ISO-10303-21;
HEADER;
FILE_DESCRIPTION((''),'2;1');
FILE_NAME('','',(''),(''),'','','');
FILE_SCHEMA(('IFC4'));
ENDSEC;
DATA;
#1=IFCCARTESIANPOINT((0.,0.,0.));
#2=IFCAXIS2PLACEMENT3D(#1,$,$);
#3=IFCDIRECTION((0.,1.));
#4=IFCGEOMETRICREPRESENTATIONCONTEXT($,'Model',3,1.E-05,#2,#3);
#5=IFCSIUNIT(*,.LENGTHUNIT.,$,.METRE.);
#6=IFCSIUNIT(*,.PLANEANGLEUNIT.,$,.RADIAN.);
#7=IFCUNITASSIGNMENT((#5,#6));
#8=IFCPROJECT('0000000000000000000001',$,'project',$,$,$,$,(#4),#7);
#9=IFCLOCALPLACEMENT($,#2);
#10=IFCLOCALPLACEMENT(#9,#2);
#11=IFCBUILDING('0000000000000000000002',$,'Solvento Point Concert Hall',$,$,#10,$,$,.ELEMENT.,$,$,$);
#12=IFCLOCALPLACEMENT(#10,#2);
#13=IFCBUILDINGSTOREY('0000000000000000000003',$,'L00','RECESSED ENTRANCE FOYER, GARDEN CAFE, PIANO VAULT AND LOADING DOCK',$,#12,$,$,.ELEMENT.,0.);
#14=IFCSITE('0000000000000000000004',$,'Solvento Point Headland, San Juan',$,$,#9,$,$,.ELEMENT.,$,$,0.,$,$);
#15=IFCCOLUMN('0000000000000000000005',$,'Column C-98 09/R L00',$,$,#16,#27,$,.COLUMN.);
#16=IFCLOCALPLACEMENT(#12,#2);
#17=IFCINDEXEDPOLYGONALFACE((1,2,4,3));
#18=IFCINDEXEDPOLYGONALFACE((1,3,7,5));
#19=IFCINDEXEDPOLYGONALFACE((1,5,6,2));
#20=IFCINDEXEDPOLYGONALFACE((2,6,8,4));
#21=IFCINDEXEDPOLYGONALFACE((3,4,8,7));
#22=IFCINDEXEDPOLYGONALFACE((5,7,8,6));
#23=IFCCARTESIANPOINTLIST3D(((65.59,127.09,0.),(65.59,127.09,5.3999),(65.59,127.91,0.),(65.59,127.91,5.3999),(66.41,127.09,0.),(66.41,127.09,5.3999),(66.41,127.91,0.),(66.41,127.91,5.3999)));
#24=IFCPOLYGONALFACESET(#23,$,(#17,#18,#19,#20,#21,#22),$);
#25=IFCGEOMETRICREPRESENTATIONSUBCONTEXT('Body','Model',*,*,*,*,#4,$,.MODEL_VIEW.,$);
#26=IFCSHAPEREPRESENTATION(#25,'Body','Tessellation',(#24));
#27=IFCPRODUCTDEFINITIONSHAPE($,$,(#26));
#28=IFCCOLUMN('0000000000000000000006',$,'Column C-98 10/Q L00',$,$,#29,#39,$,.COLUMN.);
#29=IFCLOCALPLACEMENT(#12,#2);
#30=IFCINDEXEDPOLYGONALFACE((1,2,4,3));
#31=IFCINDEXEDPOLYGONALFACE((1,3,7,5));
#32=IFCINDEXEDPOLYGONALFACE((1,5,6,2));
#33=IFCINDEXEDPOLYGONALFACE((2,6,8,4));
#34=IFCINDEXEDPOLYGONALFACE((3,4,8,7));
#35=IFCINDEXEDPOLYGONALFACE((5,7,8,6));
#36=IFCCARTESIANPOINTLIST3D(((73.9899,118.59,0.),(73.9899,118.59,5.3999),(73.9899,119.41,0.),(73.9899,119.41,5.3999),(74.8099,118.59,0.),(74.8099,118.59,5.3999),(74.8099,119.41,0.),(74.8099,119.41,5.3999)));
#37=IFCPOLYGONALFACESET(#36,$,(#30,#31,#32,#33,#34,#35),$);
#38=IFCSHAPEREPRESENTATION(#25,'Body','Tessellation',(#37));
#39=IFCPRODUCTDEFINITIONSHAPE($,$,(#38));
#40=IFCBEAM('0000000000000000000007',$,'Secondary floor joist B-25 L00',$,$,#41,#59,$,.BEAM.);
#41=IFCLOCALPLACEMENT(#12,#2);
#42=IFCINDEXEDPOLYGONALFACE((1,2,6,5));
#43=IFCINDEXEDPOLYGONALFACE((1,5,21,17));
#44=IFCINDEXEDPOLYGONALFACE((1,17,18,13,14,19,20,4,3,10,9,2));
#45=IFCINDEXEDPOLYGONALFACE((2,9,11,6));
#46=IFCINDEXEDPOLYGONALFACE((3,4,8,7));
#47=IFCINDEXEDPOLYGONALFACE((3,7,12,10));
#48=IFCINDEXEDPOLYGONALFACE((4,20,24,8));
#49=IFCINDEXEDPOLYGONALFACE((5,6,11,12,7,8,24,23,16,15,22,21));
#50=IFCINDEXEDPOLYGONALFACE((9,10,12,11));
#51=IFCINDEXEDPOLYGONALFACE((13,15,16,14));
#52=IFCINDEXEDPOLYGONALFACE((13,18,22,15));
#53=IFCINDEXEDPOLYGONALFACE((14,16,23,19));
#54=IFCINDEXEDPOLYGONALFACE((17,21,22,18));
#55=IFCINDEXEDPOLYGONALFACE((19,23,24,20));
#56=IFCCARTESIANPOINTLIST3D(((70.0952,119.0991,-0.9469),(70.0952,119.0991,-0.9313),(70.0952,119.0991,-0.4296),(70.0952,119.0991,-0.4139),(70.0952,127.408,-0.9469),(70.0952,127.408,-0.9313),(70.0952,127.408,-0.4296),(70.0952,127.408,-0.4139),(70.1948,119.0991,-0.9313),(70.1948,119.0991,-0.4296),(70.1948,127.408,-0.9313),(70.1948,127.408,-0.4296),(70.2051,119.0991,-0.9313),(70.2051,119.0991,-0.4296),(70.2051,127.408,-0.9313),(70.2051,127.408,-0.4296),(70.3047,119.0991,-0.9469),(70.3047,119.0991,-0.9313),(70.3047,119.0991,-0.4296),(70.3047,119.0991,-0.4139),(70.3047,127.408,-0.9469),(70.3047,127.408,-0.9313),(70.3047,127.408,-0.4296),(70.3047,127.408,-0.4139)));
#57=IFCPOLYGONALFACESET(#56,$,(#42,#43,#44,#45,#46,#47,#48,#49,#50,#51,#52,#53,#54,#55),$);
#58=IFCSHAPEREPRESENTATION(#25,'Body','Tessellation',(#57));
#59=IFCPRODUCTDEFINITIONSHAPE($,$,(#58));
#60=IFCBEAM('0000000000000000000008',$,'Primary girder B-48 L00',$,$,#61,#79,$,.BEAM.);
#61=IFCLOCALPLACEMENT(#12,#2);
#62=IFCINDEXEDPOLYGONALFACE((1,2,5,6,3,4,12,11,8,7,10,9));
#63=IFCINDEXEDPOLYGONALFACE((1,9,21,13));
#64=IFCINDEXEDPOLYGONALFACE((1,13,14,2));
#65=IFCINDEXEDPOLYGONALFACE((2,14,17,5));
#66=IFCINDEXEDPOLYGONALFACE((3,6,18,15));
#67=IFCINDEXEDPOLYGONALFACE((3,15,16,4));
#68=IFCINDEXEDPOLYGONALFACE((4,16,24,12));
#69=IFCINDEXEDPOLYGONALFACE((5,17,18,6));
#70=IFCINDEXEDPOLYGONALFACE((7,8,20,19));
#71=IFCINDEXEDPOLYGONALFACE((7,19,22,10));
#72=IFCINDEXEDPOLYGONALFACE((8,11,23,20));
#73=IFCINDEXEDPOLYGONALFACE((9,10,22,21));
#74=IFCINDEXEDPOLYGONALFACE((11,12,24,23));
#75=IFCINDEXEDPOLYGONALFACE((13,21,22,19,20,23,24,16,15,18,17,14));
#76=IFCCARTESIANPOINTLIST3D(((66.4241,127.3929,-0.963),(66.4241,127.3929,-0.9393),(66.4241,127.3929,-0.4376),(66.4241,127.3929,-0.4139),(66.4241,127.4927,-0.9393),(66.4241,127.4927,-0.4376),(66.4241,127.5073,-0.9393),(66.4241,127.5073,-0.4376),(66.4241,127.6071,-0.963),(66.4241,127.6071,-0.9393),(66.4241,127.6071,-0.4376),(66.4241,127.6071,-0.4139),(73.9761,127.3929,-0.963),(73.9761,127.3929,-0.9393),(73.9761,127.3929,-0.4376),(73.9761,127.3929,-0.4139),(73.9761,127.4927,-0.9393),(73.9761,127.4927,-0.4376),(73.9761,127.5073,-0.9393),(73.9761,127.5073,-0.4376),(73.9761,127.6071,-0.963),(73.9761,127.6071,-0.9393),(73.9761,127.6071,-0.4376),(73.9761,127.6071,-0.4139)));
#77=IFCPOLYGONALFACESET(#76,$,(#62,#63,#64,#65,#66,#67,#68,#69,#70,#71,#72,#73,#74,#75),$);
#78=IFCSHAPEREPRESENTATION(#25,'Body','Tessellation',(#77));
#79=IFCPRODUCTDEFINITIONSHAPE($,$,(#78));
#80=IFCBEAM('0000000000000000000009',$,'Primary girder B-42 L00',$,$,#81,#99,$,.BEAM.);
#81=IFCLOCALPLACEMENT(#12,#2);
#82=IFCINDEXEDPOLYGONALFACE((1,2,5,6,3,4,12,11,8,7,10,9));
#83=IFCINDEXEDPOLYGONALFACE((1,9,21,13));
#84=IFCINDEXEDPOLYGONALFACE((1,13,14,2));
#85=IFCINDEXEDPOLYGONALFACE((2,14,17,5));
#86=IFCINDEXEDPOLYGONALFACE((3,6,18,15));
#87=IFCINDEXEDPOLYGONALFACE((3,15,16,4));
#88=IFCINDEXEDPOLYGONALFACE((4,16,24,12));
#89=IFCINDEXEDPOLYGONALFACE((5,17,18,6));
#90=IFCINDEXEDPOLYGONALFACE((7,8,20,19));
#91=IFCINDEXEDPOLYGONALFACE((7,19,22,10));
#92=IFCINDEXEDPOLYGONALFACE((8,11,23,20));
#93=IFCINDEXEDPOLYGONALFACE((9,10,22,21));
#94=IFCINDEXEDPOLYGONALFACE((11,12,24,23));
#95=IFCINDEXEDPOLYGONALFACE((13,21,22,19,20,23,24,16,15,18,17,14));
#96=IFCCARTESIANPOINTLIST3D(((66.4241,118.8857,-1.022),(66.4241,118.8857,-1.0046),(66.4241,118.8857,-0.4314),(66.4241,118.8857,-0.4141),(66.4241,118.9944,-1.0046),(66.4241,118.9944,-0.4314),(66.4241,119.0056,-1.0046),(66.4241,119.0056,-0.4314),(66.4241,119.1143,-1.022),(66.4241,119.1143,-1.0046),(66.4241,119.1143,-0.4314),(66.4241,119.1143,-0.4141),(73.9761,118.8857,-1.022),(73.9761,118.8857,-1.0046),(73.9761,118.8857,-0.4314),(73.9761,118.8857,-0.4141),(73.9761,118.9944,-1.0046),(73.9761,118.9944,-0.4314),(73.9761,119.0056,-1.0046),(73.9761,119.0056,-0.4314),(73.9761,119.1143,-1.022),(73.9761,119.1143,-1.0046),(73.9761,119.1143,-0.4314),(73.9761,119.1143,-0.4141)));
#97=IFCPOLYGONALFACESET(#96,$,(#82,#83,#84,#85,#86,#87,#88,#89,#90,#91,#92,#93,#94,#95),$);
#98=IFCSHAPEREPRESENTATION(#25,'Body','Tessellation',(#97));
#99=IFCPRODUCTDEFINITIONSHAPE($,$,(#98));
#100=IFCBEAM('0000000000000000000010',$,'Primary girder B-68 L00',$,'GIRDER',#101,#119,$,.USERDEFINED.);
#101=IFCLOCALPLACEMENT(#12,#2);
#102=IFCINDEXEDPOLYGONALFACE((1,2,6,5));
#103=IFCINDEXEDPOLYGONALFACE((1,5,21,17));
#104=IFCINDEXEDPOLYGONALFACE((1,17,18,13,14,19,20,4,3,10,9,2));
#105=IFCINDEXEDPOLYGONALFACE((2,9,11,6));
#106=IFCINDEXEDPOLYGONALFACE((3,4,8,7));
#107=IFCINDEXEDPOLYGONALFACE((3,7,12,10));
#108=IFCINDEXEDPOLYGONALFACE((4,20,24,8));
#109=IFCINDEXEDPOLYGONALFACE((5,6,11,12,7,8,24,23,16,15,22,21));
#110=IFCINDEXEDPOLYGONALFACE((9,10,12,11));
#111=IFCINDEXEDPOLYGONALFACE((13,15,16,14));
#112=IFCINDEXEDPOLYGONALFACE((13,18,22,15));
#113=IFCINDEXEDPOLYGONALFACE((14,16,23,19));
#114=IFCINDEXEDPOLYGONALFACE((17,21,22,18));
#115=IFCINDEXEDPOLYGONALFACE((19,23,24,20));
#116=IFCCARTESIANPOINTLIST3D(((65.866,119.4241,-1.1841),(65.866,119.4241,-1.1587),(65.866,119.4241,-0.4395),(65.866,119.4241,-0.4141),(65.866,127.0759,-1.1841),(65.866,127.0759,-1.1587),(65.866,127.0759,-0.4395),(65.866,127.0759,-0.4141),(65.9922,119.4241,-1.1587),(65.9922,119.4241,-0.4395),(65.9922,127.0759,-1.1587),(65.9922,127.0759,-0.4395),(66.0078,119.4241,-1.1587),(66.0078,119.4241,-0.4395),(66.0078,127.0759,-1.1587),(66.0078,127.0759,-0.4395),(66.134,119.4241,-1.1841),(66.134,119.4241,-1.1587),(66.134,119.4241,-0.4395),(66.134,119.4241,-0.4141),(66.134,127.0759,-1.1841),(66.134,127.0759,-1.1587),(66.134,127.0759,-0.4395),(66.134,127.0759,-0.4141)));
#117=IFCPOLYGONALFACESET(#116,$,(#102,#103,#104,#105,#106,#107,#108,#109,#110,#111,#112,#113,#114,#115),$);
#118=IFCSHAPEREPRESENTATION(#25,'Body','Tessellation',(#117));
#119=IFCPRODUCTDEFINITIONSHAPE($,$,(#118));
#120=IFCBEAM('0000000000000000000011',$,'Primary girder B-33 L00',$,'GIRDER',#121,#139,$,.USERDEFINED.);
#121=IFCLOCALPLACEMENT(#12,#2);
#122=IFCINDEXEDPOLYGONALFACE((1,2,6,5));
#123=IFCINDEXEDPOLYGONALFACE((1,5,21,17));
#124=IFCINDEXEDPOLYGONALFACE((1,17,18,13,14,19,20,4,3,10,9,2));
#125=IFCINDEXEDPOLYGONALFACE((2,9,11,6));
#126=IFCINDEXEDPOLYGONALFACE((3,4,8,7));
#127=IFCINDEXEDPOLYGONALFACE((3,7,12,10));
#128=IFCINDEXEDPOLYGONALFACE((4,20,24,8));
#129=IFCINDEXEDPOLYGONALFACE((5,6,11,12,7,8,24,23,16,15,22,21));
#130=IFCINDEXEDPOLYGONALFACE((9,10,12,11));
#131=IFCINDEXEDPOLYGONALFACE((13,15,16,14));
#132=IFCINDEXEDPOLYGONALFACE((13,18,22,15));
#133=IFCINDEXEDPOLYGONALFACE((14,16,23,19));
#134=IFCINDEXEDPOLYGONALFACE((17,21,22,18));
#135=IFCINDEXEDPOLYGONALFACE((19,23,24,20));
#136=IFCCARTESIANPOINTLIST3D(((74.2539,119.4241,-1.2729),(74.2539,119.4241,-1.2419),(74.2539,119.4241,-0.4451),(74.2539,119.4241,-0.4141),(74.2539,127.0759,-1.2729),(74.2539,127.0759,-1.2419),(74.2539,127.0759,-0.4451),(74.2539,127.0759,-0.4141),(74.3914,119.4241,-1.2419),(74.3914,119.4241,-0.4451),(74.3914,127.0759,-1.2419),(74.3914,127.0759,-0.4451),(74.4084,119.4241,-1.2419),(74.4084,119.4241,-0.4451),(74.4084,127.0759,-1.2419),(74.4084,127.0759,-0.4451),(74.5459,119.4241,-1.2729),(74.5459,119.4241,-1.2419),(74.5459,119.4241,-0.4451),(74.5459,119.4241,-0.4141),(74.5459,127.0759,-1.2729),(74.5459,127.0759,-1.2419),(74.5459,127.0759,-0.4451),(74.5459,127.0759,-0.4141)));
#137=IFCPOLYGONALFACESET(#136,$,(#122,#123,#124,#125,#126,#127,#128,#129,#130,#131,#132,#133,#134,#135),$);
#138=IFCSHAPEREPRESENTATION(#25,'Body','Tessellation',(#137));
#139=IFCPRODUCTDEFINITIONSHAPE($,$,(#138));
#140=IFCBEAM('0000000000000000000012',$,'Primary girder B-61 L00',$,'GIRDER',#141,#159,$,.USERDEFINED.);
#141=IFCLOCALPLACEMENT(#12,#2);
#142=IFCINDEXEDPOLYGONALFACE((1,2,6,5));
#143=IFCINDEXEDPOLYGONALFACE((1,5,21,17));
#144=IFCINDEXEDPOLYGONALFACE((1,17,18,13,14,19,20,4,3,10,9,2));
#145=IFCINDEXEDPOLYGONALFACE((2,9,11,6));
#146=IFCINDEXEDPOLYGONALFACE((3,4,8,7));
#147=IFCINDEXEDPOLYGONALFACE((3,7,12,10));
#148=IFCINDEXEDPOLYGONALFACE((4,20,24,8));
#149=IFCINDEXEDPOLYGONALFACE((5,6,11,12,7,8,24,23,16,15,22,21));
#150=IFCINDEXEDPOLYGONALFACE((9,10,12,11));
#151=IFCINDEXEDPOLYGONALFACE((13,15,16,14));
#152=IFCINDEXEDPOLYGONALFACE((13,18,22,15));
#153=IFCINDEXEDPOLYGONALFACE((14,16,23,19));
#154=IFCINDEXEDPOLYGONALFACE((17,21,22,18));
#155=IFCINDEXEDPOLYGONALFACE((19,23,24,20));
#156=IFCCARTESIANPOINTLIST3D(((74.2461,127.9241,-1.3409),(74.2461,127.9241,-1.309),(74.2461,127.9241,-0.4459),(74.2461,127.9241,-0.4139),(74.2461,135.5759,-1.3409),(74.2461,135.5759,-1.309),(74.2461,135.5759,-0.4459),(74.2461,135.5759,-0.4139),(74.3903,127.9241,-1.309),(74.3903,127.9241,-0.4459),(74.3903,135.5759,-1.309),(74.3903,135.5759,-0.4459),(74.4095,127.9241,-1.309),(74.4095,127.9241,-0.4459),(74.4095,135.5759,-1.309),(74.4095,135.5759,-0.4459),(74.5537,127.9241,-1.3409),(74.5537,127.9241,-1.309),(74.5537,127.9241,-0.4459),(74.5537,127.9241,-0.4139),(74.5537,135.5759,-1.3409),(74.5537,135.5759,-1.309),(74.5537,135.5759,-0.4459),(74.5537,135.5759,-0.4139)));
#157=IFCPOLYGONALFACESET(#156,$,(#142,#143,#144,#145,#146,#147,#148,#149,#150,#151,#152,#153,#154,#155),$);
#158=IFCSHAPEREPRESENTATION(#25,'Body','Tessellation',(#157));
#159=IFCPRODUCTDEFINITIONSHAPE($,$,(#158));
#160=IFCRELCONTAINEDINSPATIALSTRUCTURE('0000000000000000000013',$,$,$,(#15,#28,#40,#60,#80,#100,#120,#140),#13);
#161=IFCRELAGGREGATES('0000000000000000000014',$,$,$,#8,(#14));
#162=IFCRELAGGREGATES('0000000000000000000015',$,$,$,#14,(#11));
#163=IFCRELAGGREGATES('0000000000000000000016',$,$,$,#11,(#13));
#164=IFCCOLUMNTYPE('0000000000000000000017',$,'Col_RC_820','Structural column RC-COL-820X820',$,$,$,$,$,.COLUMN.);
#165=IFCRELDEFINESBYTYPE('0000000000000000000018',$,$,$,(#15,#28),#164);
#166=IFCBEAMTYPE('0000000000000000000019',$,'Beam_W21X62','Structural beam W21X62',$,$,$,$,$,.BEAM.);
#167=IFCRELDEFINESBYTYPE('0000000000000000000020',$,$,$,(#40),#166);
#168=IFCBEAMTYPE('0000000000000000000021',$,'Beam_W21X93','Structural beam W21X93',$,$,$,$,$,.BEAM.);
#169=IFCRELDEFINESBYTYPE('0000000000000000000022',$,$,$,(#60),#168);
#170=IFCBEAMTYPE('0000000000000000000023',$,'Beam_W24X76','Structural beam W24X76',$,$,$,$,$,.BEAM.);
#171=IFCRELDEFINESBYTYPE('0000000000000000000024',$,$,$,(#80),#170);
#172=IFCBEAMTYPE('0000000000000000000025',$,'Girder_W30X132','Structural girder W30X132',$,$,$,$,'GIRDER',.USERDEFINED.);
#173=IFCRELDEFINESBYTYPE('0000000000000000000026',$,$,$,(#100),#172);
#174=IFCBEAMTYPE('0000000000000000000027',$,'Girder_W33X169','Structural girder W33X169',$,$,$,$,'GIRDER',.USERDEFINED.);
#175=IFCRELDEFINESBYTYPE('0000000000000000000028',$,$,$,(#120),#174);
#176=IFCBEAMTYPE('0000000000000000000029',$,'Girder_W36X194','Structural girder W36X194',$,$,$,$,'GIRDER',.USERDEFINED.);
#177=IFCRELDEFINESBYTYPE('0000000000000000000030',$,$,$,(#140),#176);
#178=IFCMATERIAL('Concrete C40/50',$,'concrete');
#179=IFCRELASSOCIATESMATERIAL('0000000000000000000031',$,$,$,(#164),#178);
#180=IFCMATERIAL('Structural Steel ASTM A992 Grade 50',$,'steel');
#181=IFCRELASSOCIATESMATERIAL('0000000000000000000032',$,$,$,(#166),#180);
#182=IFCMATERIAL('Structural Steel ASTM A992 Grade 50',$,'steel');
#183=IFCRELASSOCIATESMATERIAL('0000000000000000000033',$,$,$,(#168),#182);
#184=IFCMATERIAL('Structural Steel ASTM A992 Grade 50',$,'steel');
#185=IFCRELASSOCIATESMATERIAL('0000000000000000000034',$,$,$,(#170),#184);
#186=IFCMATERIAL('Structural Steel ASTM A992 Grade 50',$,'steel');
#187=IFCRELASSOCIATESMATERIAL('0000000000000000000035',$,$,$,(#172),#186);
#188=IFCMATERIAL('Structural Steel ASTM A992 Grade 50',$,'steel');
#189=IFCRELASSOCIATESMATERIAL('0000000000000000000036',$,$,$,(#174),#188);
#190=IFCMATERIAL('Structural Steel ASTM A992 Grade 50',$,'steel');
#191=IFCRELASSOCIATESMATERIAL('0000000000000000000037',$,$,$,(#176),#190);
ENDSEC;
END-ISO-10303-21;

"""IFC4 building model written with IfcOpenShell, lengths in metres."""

from ifc_helpers import new_model, si_unit, direction, frame, origin, origin_2d, place, context, subcontext, project, spatial, rectangle, i_section, extrude, material, material_profile, profile_set, type_object, element, save


model = new_model("IFC4")

# Units and contexts
model_context = context("Model", 3, precision=1e-05, world=origin(), true_north=direction((0.0, 1.0)))
body_context = subcontext(model_context, "Body", "Model", "MODEL_VIEW")
ifc_project = project(units=[si_unit("LENGTHUNIT", "METRE"), si_unit("PLANEANGLEUNIT", "RADIAN")], contexts=[model_context])

# Site, building, storey
site_placement = place(None, origin())
site = spatial("IfcSite", under=ifc_project, at=site_placement, Name="Solvento Point Headland, San Juan", CompositionType="ELEMENT", RefElevation=0.0)
building_placement = place(site_placement, origin())
building = spatial("IfcBuilding", under=site, at=building_placement, Name="Solvento Point Concert Hall", CompositionType="ELEMENT")
storey_placement = place(building_placement, origin())
storey = spatial("IfcBuildingStorey", under=building, at=storey_placement, Name="L00", Description="RECESSED ENTRANCE FOYER, GARDEN CAFE, PIANO VAULT AND LOADING DOCK", CompositionType="ELEMENT", Elevation=0.0)

# Columns
ifc_material_1 = material(Name="Concrete C40/50", Category="concrete")
ifc_material_profile_1 = material_profile(ifc_material_1, rectangle(XDim=0.8201, YDim=0.8201, at=origin_2d()), Name="RC-COL-820X820")
ifc_profile_set_1 = profile_set([ifc_material_profile_1], Name="Concrete C40/50")
column_type = type_object("IfcColumnType", Name="Col_RC_820", Description="Structural column RC-COL-820X820", PredefinedType="COLUMN", material=ifc_profile_set_1)
for number, where, z_axis, x_axis, name in (
    (1, (66.0, 127.5, 0.0), (0.0, 0.0, 1.0), (1.0, 0.0, 0.0), "Column C-98 09/R L00"),
    (2, (74.3999, 119.0, 0.0), (0.0, 0.0, 1.0), (1.0, 0.0, 0.0), "Column C-98 10/Q L00"),
):
    element("IfcColumn", number, at=place(storey_placement, frame(where, z_axis=z_axis, x_axis=x_axis)), inside=storey, type_object=column_type, Name=name, PredefinedType="COLUMN", context=body_context, shape_type="SweptSolid", body=[
        extrude(rectangle(XDim=0.8201, YDim=0.8201, at=origin_2d()), origin(), (0.0, 0.0, 1.0), 5.3999),
    ])

# Beams
ifc_material_2 = material(Name="Structural Steel ASTM A992 Grade 50", Category="steel")
ifc_material_profile_2 = material_profile(ifc_material_2, i_section(OverallWidth=0.2095, OverallDepth=0.533, WebThickness=0.0103, FlangeThickness=0.0156, at=origin_2d()), Name="W21X62")
ifc_profile_set_2 = profile_set([ifc_material_profile_2], Name="Structural Steel ASTM A992 Grade 50")
beam_type_1 = type_object("IfcBeamType", Name="Beam_W21X62", Description="Structural beam W21X62", PredefinedType="BEAM", material=ifc_profile_set_2)
beam_1_placement = place(storey_placement, frame((70.2, 119.0991, -0.6804), z_axis=(0.0, 1.0, 0.0), x_axis=(-1.0, 0.0, 0.0)))
element("IfcBeam", 3, at=beam_1_placement, inside=storey, type_object=beam_type_1, Name="Secondary floor joist B-25 L00", PredefinedType="BEAM", context=body_context, shape_type="SweptSolid", body=[
    extrude(i_section(OverallWidth=0.2095, OverallDepth=0.533, WebThickness=0.0103, FlangeThickness=0.0156, at=origin_2d()), origin(), (0.0, 0.0, 1.0), 8.3088),
])
ifc_material_3 = material(Name="Structural Steel ASTM A992 Grade 50", Category="steel")
ifc_material_profile_3 = material_profile(ifc_material_3, i_section(OverallWidth=0.2141, OverallDepth=0.5491, WebThickness=0.0146, FlangeThickness=0.0237, at=origin_2d()), Name="W21X93")
ifc_profile_set_3 = profile_set([ifc_material_profile_3], Name="Structural Steel ASTM A992 Grade 50")
beam_type_2 = type_object("IfcBeamType", Name="Beam_W21X93", Description="Structural beam W21X93", PredefinedType="BEAM", material=ifc_profile_set_3)
beam_2_placement = place(storey_placement, frame((66.4241, 127.5, -0.6885), z_axis=(1.0, 0.0, 0.0), x_axis=(0.0, 1.0, 0.0)))
element("IfcBeam", 4, at=beam_2_placement, inside=storey, type_object=beam_type_2, Name="Primary girder B-48 L00", PredefinedType="BEAM", context=body_context, shape_type="SweptSolid", body=[
    extrude(i_section(OverallWidth=0.2141, OverallDepth=0.5491, WebThickness=0.0146, FlangeThickness=0.0237, at=origin_2d()), origin(), (0.0, 0.0, 1.0), 7.552),
])
ifc_material_4 = material(Name="Structural Steel ASTM A992 Grade 50", Category="steel")
ifc_material_profile_4 = material_profile(ifc_material_4, i_section(OverallWidth=0.2285, OverallDepth=0.6079, WebThickness=0.0112, FlangeThickness=0.0173, at=origin_2d()), Name="W24X76")
ifc_profile_set_4 = profile_set([ifc_material_profile_4], Name="Structural Steel ASTM A992 Grade 50")
beam_type_3 = type_object("IfcBeamType", Name="Beam_W24X76", Description="Structural beam W24X76", PredefinedType="BEAM", material=ifc_profile_set_4)
beam_3_placement = place(storey_placement, frame((66.4241, 119.0, -0.718), z_axis=(1.0, 0.0, 0.0), x_axis=(0.0, 1.0, 0.0)))
element("IfcBeam", 5, at=beam_3_placement, inside=storey, type_object=beam_type_3, Name="Primary girder B-42 L00", PredefinedType="BEAM", context=body_context, shape_type="SweptSolid", body=[
    extrude(i_section(OverallWidth=0.2285, OverallDepth=0.6079, WebThickness=0.0112, FlangeThickness=0.0173, at=origin_2d()), origin(), (0.0, 0.0, 1.0), 7.552),
])
ifc_material_5 = material(Name="Structural Steel ASTM A992 Grade 50", Category="steel")
ifc_material_profile_5 = material_profile(ifc_material_5, i_section(OverallWidth=0.2681, OverallDepth=0.77, WebThickness=0.0156, FlangeThickness=0.0254, at=origin_2d()), Name="W30X132")
ifc_profile_set_5 = profile_set([ifc_material_profile_5], Name="Structural Steel ASTM A992 Grade 50")
beam_type_4 = type_object("IfcBeamType", Name="Girder_W30X132", Description="Structural girder W30X132", ElementType="GIRDER", PredefinedType="USERDEFINED", material=ifc_profile_set_5)
beam_4_placement = place(storey_placement, frame((66.0, 119.4241, -0.7991), z_axis=(0.0, 1.0, 0.0), x_axis=(-1.0, 0.0, 0.0)))
element("IfcBeam", 6, at=beam_4_placement, inside=storey, type_object=beam_type_4, Name="Primary girder B-68 L00", ObjectType="GIRDER", PredefinedType="USERDEFINED", context=body_context, shape_type="SweptSolid", body=[
    extrude(i_section(OverallWidth=0.2681, OverallDepth=0.77, WebThickness=0.0156, FlangeThickness=0.0254, at=origin_2d()), origin(), (0.0, 0.0, 1.0), 7.6519),
])
ifc_material_6 = material(Name="Structural Steel ASTM A992 Grade 50", Category="steel")
ifc_material_profile_6 = material_profile(ifc_material_6, i_section(OverallWidth=0.292, OverallDepth=0.8589, WebThickness=0.0171, FlangeThickness=0.031, at=origin_2d()), Name="W33X169")
ifc_profile_set_6 = profile_set([ifc_material_profile_6], Name="Structural Steel ASTM A992 Grade 50")
beam_type_5 = type_object("IfcBeamType", Name="Girder_W33X169", Description="Structural girder W33X169", ElementType="GIRDER", PredefinedType="USERDEFINED", material=ifc_profile_set_6)
beam_5_placement = place(storey_placement, frame((74.3999, 119.4241, -0.8435), z_axis=(0.0, 1.0, 0.0), x_axis=(-1.0, 0.0, 0.0)))
element("IfcBeam", 7, at=beam_5_placement, inside=storey, type_object=beam_type_5, Name="Primary girder B-33 L00", ObjectType="GIRDER", PredefinedType="USERDEFINED", context=body_context, shape_type="SweptSolid", body=[
    extrude(i_section(OverallWidth=0.292, OverallDepth=0.8589, WebThickness=0.0171, FlangeThickness=0.031, at=origin_2d()), origin(), (0.0, 0.0, 1.0), 7.6519),
])
ifc_material_7 = material(Name="Structural Steel ASTM A992 Grade 50", Category="steel")
ifc_material_profile_7 = material_profile(ifc_material_7, i_section(OverallWidth=0.3076, OverallDepth=0.927, WebThickness=0.0193, FlangeThickness=0.032, at=origin_2d()), Name="W36X194")
ifc_profile_set_7 = profile_set([ifc_material_profile_7], Name="Structural Steel ASTM A992 Grade 50")
beam_type_6 = type_object("IfcBeamType", Name="Girder_W36X194", Description="Structural girder W36X194", ElementType="GIRDER", PredefinedType="USERDEFINED", material=ifc_profile_set_7)
beam_6_placement = place(storey_placement, frame((74.3999, 127.9241, -0.8774), z_axis=(0.0, 1.0, 0.0), x_axis=(-1.0, 0.0, 0.0)))
element("IfcBeam", 8, at=beam_6_placement, inside=storey, type_object=beam_type_6, Name="Primary girder B-61 L00", ObjectType="GIRDER", PredefinedType="USERDEFINED", context=body_context, shape_type="SweptSolid", body=[
    extrude(i_section(OverallWidth=0.3076, OverallDepth=0.927, WebThickness=0.0193, FlangeThickness=0.032, at=origin_2d()), origin(), (0.0, 0.0, 1.0), 7.6519),
])

save(model, "model.ifc")
